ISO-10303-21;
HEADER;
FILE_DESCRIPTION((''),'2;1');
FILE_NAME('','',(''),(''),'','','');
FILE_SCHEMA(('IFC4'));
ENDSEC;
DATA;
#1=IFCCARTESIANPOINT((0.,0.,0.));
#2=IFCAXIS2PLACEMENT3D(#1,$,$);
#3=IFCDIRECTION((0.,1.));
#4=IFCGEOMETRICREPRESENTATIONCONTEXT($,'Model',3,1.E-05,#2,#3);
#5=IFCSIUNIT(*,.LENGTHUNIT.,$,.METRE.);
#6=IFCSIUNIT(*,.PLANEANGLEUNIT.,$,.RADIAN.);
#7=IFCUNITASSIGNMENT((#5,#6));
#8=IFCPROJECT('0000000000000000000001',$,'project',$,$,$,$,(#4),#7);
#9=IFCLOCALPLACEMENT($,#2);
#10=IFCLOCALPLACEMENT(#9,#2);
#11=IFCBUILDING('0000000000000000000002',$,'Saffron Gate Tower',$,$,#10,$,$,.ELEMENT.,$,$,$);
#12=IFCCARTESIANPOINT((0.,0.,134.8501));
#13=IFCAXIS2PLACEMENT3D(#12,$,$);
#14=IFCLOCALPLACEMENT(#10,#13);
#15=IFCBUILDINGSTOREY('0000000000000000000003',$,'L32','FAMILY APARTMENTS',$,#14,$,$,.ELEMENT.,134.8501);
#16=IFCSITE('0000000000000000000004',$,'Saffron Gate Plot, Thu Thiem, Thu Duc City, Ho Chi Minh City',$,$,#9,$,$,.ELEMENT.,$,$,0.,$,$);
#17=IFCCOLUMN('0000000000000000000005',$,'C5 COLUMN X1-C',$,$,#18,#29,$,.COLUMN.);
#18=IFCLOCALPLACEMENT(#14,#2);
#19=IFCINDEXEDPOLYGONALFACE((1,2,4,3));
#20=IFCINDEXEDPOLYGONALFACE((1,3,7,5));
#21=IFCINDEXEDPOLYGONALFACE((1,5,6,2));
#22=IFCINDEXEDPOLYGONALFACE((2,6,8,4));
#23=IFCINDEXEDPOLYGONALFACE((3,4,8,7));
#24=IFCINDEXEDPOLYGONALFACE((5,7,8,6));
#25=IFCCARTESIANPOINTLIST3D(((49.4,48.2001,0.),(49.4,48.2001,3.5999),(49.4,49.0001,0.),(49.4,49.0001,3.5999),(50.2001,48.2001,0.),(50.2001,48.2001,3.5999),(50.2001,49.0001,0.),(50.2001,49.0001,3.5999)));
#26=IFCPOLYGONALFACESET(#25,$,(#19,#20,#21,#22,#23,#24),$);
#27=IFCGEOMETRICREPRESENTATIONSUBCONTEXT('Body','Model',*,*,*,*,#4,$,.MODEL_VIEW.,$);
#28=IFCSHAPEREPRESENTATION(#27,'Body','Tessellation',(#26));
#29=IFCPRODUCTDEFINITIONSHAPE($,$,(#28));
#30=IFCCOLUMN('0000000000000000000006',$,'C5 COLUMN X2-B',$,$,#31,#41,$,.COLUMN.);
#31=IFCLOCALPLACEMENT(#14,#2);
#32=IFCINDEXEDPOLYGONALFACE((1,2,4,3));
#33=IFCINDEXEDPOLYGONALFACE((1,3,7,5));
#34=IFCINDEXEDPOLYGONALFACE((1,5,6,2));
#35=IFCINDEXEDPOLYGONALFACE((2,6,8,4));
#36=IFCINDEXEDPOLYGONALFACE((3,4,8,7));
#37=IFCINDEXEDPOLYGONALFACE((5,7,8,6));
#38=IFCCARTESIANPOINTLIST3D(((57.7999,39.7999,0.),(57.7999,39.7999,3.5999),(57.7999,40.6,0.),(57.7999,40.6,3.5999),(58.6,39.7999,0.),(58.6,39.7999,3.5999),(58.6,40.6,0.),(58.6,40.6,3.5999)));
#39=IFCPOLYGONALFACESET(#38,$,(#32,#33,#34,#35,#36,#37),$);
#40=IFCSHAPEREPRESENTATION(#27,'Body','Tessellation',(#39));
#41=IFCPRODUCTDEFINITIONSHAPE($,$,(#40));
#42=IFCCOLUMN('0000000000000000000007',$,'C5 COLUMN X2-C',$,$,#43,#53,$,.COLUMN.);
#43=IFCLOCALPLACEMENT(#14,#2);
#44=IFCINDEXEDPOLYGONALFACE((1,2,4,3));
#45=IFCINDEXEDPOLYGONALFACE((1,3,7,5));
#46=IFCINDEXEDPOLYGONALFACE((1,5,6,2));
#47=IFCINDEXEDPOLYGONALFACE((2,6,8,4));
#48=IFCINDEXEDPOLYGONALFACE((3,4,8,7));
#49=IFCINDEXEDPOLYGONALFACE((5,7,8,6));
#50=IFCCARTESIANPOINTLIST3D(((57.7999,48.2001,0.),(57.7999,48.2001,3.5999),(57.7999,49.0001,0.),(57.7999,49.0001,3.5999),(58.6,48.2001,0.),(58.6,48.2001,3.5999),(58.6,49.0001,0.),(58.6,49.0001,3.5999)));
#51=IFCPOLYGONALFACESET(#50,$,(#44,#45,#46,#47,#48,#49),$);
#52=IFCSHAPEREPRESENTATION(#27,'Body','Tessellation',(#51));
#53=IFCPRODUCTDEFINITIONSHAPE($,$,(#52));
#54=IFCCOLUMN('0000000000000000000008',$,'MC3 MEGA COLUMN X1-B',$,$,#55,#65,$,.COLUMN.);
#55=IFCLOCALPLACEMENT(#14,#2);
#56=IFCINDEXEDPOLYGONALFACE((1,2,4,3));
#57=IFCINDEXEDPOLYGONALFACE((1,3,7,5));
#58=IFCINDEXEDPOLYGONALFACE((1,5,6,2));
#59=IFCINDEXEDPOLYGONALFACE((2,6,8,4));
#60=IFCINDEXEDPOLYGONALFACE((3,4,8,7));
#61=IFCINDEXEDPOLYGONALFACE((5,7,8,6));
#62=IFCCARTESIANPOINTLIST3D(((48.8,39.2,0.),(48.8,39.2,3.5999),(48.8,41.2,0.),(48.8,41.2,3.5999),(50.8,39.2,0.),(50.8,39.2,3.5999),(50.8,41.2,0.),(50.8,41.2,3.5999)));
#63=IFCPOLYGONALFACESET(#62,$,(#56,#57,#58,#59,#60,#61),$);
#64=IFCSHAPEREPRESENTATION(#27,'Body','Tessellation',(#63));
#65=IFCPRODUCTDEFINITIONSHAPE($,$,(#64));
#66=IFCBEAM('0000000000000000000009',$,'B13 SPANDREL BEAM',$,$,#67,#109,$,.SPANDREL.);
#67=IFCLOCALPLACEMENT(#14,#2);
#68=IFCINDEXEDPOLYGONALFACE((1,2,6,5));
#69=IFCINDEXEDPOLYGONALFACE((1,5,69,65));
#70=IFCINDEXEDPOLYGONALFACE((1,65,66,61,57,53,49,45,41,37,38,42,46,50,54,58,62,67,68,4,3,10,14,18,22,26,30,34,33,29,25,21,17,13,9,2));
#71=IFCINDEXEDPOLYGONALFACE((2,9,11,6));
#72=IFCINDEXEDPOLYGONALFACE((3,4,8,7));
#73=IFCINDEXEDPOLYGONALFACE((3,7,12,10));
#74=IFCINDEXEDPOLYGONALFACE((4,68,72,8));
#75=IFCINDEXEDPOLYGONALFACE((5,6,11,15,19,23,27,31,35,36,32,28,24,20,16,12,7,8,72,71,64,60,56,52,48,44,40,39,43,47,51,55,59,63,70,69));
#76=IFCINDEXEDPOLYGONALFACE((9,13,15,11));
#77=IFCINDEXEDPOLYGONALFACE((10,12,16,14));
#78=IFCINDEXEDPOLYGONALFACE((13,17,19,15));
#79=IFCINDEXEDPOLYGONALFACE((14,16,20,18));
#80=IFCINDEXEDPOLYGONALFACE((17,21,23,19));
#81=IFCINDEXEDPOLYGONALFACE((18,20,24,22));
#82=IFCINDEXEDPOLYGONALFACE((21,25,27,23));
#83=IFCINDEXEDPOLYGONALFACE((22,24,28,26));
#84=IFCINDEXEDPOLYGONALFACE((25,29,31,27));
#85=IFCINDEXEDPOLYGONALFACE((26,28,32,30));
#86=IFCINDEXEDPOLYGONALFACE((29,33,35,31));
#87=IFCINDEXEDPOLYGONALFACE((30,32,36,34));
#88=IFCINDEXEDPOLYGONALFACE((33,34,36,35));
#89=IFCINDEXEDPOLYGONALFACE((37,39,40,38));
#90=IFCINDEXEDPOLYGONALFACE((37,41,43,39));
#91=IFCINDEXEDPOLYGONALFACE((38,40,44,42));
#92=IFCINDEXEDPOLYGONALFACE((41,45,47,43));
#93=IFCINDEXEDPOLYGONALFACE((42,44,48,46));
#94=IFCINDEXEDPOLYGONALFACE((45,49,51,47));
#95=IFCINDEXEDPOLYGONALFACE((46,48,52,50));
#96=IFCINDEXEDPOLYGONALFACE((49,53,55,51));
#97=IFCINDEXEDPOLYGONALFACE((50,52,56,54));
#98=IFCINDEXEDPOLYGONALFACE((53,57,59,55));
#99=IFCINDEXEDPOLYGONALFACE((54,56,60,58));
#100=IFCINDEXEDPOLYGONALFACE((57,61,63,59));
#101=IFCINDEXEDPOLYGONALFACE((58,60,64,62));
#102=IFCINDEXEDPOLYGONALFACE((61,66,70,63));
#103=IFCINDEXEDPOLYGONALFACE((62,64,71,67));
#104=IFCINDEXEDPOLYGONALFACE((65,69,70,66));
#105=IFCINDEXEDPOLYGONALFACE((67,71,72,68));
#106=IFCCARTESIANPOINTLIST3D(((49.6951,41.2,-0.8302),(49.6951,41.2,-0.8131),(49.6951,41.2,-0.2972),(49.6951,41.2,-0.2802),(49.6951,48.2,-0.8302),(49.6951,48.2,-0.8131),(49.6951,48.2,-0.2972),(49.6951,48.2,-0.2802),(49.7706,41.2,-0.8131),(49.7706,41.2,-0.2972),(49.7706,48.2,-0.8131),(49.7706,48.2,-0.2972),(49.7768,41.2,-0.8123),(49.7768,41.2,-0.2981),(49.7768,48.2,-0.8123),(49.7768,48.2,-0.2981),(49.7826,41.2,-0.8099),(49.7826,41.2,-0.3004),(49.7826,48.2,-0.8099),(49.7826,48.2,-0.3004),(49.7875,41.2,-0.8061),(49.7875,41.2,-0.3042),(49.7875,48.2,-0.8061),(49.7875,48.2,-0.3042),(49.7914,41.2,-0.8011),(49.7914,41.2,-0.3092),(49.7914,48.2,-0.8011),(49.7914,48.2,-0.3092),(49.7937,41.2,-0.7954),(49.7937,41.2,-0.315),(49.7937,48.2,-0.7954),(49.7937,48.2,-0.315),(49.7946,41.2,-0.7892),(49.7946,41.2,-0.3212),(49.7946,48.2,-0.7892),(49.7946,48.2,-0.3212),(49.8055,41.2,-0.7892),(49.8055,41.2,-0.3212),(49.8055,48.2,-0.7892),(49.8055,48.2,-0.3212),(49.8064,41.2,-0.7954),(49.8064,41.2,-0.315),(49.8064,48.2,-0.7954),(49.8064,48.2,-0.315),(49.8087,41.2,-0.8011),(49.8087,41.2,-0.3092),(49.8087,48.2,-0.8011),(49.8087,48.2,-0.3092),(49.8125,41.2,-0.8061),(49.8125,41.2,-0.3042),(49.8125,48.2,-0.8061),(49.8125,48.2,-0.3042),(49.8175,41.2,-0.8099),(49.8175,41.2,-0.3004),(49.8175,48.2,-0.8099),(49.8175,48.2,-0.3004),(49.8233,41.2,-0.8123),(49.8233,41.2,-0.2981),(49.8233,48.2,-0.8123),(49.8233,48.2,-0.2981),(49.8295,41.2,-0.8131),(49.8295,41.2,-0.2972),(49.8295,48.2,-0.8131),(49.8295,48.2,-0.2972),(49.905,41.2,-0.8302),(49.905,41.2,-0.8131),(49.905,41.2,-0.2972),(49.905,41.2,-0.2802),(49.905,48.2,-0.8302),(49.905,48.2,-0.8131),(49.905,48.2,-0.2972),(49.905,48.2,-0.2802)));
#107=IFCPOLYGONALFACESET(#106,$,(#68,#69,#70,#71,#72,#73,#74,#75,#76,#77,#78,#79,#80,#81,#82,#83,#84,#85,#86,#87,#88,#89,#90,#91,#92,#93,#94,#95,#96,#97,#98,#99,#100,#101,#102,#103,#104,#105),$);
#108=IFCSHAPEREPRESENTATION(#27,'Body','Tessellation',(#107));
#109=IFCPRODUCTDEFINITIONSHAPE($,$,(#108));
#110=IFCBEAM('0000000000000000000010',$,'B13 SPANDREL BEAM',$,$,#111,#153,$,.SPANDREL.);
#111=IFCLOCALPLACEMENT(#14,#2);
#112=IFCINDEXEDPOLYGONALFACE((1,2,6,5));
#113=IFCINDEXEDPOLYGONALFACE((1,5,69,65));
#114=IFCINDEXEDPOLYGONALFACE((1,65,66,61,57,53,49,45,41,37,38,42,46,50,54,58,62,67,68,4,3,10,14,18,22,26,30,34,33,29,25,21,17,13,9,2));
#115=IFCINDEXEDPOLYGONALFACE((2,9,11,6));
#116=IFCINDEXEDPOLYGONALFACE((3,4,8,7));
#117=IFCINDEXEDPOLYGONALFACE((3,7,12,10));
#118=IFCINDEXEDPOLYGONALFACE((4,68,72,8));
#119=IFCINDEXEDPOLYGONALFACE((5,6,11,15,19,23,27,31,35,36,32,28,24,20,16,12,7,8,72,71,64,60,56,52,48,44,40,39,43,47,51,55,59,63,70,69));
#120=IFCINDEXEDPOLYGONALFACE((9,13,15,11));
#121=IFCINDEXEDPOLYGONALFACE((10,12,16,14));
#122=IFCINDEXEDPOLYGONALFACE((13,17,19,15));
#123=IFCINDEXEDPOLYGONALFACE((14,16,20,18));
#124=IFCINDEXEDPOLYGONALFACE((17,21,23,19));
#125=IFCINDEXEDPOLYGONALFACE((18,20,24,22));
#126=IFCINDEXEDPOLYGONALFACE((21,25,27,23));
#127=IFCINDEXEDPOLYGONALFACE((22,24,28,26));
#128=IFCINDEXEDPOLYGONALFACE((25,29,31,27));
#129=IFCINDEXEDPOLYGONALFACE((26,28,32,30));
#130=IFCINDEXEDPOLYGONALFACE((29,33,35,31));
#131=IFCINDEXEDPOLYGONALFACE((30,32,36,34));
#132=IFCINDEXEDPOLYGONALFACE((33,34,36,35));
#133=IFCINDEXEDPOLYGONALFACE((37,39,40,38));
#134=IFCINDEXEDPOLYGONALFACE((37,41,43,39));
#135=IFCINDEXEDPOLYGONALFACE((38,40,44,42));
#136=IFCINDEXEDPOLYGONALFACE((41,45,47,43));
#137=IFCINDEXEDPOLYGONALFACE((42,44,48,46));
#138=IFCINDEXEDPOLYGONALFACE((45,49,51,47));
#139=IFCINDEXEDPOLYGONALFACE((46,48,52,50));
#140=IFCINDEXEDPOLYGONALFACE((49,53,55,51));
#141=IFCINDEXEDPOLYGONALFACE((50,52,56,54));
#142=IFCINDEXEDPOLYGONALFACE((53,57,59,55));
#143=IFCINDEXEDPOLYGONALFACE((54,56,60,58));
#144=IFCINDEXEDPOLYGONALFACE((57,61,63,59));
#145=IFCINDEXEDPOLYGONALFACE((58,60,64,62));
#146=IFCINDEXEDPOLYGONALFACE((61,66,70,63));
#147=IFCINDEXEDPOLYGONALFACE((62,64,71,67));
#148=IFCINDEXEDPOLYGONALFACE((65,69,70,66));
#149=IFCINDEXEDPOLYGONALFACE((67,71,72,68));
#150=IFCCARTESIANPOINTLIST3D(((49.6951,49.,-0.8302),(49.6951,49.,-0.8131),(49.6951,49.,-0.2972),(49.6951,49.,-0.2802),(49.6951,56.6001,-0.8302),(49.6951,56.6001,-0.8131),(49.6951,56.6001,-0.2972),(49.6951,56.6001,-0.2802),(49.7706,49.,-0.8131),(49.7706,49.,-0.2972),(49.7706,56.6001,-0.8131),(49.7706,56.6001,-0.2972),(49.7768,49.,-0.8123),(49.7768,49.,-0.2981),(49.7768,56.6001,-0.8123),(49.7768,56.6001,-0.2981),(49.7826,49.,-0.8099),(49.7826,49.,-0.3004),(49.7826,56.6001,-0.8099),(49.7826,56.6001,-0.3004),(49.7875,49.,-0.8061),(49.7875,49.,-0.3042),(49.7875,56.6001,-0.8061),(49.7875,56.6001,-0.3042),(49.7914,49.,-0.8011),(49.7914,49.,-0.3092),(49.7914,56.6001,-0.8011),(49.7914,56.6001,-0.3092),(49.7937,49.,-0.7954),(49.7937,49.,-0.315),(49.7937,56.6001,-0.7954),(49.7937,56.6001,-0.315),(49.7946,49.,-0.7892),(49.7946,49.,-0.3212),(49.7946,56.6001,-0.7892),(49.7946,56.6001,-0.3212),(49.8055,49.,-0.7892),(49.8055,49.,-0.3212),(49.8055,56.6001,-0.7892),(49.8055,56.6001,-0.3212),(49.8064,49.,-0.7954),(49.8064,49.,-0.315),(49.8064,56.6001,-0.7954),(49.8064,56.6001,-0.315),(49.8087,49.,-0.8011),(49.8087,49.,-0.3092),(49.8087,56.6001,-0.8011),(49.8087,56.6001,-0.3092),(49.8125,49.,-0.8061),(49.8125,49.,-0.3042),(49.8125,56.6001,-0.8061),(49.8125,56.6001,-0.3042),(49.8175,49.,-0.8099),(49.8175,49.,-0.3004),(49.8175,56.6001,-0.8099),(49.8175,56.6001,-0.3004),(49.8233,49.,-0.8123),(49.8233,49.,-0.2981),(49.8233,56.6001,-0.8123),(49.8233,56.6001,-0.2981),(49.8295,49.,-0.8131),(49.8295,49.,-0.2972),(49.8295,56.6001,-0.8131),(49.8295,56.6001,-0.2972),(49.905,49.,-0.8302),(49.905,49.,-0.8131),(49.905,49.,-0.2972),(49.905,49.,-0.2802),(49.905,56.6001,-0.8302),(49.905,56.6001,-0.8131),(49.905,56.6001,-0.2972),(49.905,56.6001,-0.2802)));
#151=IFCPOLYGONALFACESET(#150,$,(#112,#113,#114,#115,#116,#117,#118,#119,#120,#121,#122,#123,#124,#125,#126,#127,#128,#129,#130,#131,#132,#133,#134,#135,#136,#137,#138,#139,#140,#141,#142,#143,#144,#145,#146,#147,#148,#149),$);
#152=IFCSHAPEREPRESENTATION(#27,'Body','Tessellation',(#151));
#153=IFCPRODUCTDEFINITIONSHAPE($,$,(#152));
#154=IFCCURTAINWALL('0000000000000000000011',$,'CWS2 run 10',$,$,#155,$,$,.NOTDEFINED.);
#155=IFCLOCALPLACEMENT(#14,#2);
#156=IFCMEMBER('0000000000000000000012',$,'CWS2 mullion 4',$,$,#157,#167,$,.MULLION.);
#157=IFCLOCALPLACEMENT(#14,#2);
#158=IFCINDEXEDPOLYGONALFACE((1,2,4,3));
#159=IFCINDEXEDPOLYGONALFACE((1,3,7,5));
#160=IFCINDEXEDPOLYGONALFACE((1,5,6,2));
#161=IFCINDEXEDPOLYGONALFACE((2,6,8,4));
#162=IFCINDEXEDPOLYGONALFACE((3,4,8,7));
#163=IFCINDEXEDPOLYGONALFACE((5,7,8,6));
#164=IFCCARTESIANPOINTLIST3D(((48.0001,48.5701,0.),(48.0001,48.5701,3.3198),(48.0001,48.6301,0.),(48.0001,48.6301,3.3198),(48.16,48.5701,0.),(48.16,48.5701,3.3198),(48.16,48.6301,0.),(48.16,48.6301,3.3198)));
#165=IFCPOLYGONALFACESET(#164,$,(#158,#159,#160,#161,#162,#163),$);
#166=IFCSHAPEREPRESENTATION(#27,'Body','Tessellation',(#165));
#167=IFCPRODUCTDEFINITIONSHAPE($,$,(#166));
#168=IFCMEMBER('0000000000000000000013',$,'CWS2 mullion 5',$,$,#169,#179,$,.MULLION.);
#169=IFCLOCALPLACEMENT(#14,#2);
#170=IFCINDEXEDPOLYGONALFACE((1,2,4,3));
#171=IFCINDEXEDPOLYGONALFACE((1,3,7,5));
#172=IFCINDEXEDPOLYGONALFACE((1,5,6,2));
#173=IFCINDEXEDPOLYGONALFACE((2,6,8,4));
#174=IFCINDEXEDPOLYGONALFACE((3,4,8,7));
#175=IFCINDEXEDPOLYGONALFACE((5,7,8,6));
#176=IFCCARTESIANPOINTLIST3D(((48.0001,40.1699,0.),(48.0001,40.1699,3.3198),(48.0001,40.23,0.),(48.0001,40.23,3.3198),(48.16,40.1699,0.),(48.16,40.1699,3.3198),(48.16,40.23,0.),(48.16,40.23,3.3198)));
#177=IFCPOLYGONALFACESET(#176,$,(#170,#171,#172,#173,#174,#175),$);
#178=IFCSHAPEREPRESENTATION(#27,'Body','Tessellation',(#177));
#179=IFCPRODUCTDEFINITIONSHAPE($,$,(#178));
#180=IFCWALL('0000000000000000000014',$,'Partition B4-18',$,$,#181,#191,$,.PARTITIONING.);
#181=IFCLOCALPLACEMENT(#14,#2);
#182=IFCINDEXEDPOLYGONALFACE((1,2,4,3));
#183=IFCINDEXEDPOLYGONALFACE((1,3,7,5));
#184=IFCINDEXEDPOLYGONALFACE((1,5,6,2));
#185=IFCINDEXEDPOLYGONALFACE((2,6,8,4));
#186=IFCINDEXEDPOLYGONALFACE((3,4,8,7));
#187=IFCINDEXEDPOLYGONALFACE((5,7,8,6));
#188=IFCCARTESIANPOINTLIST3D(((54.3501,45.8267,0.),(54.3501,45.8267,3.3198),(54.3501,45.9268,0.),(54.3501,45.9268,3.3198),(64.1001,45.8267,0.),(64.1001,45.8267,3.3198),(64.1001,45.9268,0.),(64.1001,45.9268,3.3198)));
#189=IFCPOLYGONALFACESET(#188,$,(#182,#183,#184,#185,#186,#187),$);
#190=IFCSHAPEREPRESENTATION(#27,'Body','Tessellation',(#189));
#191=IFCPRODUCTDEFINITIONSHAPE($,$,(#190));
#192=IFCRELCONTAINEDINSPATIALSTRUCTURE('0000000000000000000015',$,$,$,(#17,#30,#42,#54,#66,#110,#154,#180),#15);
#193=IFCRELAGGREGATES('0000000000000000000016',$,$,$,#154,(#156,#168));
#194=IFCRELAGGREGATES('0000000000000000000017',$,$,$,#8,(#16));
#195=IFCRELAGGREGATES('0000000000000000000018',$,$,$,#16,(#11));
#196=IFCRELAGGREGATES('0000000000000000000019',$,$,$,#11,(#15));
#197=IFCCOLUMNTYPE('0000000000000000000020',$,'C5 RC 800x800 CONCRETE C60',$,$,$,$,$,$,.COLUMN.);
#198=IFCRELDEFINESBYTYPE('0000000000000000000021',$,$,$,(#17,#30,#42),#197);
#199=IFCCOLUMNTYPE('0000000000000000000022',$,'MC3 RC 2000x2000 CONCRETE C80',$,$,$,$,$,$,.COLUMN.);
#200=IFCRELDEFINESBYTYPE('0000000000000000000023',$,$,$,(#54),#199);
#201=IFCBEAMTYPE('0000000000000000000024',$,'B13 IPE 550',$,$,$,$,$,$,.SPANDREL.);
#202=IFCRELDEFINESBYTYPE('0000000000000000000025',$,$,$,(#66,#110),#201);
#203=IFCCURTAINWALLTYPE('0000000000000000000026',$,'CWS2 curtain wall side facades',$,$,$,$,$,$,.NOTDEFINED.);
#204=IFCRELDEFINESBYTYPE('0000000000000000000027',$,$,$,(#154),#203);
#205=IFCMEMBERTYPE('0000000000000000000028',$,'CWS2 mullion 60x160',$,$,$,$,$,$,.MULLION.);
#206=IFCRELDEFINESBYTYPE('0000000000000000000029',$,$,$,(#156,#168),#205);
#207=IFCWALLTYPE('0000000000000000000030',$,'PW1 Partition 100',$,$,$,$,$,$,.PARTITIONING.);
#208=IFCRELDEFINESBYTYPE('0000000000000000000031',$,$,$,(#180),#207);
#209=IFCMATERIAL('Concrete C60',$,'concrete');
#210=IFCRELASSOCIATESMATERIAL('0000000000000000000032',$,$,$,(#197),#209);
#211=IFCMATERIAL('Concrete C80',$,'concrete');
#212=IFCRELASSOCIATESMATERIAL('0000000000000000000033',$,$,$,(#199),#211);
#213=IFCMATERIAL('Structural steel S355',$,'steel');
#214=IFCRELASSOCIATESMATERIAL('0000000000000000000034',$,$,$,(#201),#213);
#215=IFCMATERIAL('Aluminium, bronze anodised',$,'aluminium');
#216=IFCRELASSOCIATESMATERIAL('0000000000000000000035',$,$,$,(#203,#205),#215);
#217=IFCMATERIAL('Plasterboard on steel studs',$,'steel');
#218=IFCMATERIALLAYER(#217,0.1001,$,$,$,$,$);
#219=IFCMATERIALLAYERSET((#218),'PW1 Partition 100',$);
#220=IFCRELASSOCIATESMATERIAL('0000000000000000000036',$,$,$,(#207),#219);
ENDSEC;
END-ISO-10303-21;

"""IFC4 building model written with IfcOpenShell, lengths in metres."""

from ifc_helpers import new_model, si_unit, direction, frame, frame_2d, origin, origin_2d, place, context, subcontext, project, spatial, rectangle, i_section, extrude, material, layer, layer_set, material_profile, profile_set, type_object, element, aggregate, save


model = new_model("IFC4")

# Units and contexts
model_context = context("Model", 3, precision=1e-05, world=origin(), true_north=direction((0.0, 1.0)))
body_context = subcontext(model_context, "Body", "Model", "MODEL_VIEW")
ifc_project = project(units=[si_unit("LENGTHUNIT", "METRE"), si_unit("PLANEANGLEUNIT", "RADIAN")], contexts=[model_context])

# Site, building, storey
site_placement = place(None, origin())
site = spatial("IfcSite", under=ifc_project, at=site_placement, Name="Saffron Gate Plot, Thu Thiem, Thu Duc City, Ho Chi Minh City", CompositionType="ELEMENT", RefElevation=0.0)
building_placement = place(site_placement, origin())
building = spatial("IfcBuilding", under=site, at=building_placement, Name="Saffron Gate Tower", CompositionType="ELEMENT")
storey_placement = place(building_placement, frame((0.0, 0.0, 134.8501)))
storey = spatial("IfcBuildingStorey", under=building, at=storey_placement, Name="L32", Description="FAMILY APARTMENTS", CompositionType="ELEMENT", Elevation=134.8501)

# Columns
ifc_material_1 = material(Name="Concrete C60", Category="concrete")
ifc_material_profile_1 = material_profile(ifc_material_1, rectangle(XDim=0.8, YDim=0.8, at=origin_2d()))
ifc_profile_set_1 = profile_set([ifc_material_profile_1], Name="Concrete C60")
column_type_1 = type_object("IfcColumnType", Name="C5 RC 800x800 CONCRETE C60", PredefinedType="COLUMN", material=ifc_profile_set_1)
for number, where, z_axis, x_axis, name in (
    (1, (49.8, 48.6001, 0.0), (0.0, 0.0, 1.0), (1.0, 0.0, 0.0), "C5 COLUMN X1-C"),
    (2, (58.2, 40.2, 0.0), (0.0, 0.0, 1.0), (1.0, 0.0, 0.0), "C5 COLUMN X2-B"),
    (3, (58.2, 48.6001, 0.0), (0.0, 0.0, 1.0), (1.0, 0.0, 0.0), "C5 COLUMN X2-C"),
):
    element("IfcColumn", number, at=place(storey_placement, frame(where, z_axis=z_axis, x_axis=x_axis)), inside=storey, type_object=column_type_1, Name=name, PredefinedType="COLUMN", context=body_context, shape_type="SweptSolid", body=[
        extrude(rectangle(XDim=0.8, YDim=0.8, at=origin_2d()), origin(), (0.0, 0.0, 1.0), 3.5999),
    ])
ifc_material_2 = material(Name="Concrete C80", Category="concrete")
ifc_material_profile_2 = material_profile(ifc_material_2, rectangle(XDim=2.0, YDim=2.0, at=origin_2d()))
ifc_profile_set_2 = profile_set([ifc_material_profile_2], Name="Concrete C80")
column_type_2 = type_object("IfcColumnType", Name="MC3 RC 2000x2000 CONCRETE C80", PredefinedType="COLUMN", material=ifc_profile_set_2)
column_placement = place(storey_placement, frame((49.8, 40.2, 0.0), z_axis=(0.0, 0.0, 1.0), x_axis=(1.0, 0.0, 0.0)))
element("IfcColumn", 4, at=column_placement, inside=storey, type_object=column_type_2, Name="MC3 MEGA COLUMN X1-B", PredefinedType="COLUMN", context=body_context, shape_type="SweptSolid", body=[
    extrude(rectangle(XDim=2.0, YDim=2.0, at=origin_2d()), origin(), (0.0, 0.0, 1.0), 3.5999),
])

# Beams
ifc_material_3 = material(Name="Structural steel S355", Category="steel")
ifc_material_profile_3 = material_profile(ifc_material_3, i_section(OverallWidth=0.21, OverallDepth=0.55, WebThickness=0.011, FlangeThickness=0.0171, FilletRadius=0.0239, at=origin_2d()))
ifc_profile_set_3 = profile_set([ifc_material_profile_3], Name="Structural steel S355")
beam_type = type_object("IfcBeamType", Name="B13 IPE 550", PredefinedType="SPANDREL", material=ifc_profile_set_3)
beam_1_placement = place(storey_placement, frame((49.8, 41.2, -0.5552), z_axis=(0.0, 1.0, 0.0), x_axis=(-1.0, 0.0, 0.0)))
element("IfcBeam", 5, at=beam_1_placement, inside=storey, type_object=beam_type, Name="B13 SPANDREL BEAM", PredefinedType="SPANDREL", context=body_context, shape_type="SweptSolid", body=[
    extrude(i_section(OverallWidth=0.21, OverallDepth=0.55, WebThickness=0.011, FlangeThickness=0.0171, FilletRadius=0.0239, at=origin_2d()), origin(), (0.0, 0.0, 1.0), 7.0),
])
beam_2_placement = place(storey_placement, frame((49.8, 49.0, -0.5552), z_axis=(0.0, 1.0, 0.0), x_axis=(-1.0, 0.0, 0.0)))
element("IfcBeam", 6, at=beam_2_placement, inside=storey, type_object=beam_type, Name="B13 SPANDREL BEAM", PredefinedType="SPANDREL", context=body_context, shape_type="SweptSolid", body=[
    extrude(i_section(OverallWidth=0.21, OverallDepth=0.55, WebThickness=0.011, FlangeThickness=0.0171, FilletRadius=0.0239, at=origin_2d()), origin(), (0.0, 0.0, 1.0), 7.6001),
])

# Curtain wall, members
ifc_material_4 = material(Name="Aluminium, bronze anodised", Category="aluminium")
curtain_wall_type = type_object("IfcCurtainWallType", Name="CWS2 curtain wall side facades", PredefinedType="NOTDEFINED", material=ifc_material_4)
curtain_wall_placement = place(storey_placement, origin())
curtain_wall = element("IfcCurtainWall", 7, at=curtain_wall_placement, inside=storey, type_object=curtain_wall_type, Name="CWS2 run 10", PredefinedType="NOTDEFINED")
ifc_material_profile_4 = material_profile(ifc_material_4, rectangle(XDim=0.1599, YDim=0.0601, at=origin_2d()))
ifc_profile_set_4 = profile_set([ifc_material_profile_4], Name="Aluminium, bronze anodised")
member_type = type_object("IfcMemberType", Name="CWS2 mullion 60x160", PredefinedType="MULLION", material=ifc_profile_set_4)
member_1_placement = place(storey_placement, frame((48.0801, 48.6001, 0.0), z_axis=(0.0, 0.0, 1.0), x_axis=(1.0, 0.0, 0.0)))
member_1 = element("IfcMember", 8, at=member_1_placement, type_object=member_type, Name="CWS2 mullion 4", PredefinedType="MULLION", context=body_context, shape_type="SweptSolid", body=[
    extrude(rectangle(XDim=0.1599, YDim=0.0601, at=origin_2d()), origin(), (0.0, 0.0, 1.0), 3.3198),
])
member_2_placement = place(storey_placement, frame((48.0801, 40.2, 0.0), z_axis=(0.0, 0.0, 1.0), x_axis=(1.0, 0.0, 0.0)))
member_2 = element("IfcMember", 9, at=member_2_placement, type_object=member_type, Name="CWS2 mullion 5", PredefinedType="MULLION", context=body_context, shape_type="SweptSolid", body=[
    extrude(rectangle(XDim=0.1599, YDim=0.0601, at=origin_2d()), origin(), (0.0, 0.0, 1.0), 3.3198),
])
aggregate(curtain_wall, [member_1, member_2])

# Wall
ifc_material_5 = material(Name="Plasterboard on steel studs", Category="steel")
ifc_layer_1 = layer(ifc_material_5, 0.1001)
ifc_layer_set_1 = layer_set([ifc_layer_1], Name="PW1 Partition 100")
wall_type_1 = type_object("IfcWallType", Name="PW1 Partition 100", PredefinedType="PARTITIONING", material=ifc_layer_set_1)
wall_1_placement = place(storey_placement, frame((54.3501, 45.8767, 0.0), z_axis=(0.0, 0.0, 1.0), x_axis=(1.0, 0.0, 0.0)))
element("IfcWall", 10, at=wall_1_placement, inside=storey, type_object=wall_type_1, Name="Partition B4-18", PredefinedType="PARTITIONING", context=body_context, shape_type="SweptSolid", body=[
    extrude(rectangle(XDim=9.75, YDim=0.1001, at=frame_2d((4.875, 0.0))), origin(), (0.0, 0.0, 1.0), 3.3198),
])

save(model, "model.ifc")
